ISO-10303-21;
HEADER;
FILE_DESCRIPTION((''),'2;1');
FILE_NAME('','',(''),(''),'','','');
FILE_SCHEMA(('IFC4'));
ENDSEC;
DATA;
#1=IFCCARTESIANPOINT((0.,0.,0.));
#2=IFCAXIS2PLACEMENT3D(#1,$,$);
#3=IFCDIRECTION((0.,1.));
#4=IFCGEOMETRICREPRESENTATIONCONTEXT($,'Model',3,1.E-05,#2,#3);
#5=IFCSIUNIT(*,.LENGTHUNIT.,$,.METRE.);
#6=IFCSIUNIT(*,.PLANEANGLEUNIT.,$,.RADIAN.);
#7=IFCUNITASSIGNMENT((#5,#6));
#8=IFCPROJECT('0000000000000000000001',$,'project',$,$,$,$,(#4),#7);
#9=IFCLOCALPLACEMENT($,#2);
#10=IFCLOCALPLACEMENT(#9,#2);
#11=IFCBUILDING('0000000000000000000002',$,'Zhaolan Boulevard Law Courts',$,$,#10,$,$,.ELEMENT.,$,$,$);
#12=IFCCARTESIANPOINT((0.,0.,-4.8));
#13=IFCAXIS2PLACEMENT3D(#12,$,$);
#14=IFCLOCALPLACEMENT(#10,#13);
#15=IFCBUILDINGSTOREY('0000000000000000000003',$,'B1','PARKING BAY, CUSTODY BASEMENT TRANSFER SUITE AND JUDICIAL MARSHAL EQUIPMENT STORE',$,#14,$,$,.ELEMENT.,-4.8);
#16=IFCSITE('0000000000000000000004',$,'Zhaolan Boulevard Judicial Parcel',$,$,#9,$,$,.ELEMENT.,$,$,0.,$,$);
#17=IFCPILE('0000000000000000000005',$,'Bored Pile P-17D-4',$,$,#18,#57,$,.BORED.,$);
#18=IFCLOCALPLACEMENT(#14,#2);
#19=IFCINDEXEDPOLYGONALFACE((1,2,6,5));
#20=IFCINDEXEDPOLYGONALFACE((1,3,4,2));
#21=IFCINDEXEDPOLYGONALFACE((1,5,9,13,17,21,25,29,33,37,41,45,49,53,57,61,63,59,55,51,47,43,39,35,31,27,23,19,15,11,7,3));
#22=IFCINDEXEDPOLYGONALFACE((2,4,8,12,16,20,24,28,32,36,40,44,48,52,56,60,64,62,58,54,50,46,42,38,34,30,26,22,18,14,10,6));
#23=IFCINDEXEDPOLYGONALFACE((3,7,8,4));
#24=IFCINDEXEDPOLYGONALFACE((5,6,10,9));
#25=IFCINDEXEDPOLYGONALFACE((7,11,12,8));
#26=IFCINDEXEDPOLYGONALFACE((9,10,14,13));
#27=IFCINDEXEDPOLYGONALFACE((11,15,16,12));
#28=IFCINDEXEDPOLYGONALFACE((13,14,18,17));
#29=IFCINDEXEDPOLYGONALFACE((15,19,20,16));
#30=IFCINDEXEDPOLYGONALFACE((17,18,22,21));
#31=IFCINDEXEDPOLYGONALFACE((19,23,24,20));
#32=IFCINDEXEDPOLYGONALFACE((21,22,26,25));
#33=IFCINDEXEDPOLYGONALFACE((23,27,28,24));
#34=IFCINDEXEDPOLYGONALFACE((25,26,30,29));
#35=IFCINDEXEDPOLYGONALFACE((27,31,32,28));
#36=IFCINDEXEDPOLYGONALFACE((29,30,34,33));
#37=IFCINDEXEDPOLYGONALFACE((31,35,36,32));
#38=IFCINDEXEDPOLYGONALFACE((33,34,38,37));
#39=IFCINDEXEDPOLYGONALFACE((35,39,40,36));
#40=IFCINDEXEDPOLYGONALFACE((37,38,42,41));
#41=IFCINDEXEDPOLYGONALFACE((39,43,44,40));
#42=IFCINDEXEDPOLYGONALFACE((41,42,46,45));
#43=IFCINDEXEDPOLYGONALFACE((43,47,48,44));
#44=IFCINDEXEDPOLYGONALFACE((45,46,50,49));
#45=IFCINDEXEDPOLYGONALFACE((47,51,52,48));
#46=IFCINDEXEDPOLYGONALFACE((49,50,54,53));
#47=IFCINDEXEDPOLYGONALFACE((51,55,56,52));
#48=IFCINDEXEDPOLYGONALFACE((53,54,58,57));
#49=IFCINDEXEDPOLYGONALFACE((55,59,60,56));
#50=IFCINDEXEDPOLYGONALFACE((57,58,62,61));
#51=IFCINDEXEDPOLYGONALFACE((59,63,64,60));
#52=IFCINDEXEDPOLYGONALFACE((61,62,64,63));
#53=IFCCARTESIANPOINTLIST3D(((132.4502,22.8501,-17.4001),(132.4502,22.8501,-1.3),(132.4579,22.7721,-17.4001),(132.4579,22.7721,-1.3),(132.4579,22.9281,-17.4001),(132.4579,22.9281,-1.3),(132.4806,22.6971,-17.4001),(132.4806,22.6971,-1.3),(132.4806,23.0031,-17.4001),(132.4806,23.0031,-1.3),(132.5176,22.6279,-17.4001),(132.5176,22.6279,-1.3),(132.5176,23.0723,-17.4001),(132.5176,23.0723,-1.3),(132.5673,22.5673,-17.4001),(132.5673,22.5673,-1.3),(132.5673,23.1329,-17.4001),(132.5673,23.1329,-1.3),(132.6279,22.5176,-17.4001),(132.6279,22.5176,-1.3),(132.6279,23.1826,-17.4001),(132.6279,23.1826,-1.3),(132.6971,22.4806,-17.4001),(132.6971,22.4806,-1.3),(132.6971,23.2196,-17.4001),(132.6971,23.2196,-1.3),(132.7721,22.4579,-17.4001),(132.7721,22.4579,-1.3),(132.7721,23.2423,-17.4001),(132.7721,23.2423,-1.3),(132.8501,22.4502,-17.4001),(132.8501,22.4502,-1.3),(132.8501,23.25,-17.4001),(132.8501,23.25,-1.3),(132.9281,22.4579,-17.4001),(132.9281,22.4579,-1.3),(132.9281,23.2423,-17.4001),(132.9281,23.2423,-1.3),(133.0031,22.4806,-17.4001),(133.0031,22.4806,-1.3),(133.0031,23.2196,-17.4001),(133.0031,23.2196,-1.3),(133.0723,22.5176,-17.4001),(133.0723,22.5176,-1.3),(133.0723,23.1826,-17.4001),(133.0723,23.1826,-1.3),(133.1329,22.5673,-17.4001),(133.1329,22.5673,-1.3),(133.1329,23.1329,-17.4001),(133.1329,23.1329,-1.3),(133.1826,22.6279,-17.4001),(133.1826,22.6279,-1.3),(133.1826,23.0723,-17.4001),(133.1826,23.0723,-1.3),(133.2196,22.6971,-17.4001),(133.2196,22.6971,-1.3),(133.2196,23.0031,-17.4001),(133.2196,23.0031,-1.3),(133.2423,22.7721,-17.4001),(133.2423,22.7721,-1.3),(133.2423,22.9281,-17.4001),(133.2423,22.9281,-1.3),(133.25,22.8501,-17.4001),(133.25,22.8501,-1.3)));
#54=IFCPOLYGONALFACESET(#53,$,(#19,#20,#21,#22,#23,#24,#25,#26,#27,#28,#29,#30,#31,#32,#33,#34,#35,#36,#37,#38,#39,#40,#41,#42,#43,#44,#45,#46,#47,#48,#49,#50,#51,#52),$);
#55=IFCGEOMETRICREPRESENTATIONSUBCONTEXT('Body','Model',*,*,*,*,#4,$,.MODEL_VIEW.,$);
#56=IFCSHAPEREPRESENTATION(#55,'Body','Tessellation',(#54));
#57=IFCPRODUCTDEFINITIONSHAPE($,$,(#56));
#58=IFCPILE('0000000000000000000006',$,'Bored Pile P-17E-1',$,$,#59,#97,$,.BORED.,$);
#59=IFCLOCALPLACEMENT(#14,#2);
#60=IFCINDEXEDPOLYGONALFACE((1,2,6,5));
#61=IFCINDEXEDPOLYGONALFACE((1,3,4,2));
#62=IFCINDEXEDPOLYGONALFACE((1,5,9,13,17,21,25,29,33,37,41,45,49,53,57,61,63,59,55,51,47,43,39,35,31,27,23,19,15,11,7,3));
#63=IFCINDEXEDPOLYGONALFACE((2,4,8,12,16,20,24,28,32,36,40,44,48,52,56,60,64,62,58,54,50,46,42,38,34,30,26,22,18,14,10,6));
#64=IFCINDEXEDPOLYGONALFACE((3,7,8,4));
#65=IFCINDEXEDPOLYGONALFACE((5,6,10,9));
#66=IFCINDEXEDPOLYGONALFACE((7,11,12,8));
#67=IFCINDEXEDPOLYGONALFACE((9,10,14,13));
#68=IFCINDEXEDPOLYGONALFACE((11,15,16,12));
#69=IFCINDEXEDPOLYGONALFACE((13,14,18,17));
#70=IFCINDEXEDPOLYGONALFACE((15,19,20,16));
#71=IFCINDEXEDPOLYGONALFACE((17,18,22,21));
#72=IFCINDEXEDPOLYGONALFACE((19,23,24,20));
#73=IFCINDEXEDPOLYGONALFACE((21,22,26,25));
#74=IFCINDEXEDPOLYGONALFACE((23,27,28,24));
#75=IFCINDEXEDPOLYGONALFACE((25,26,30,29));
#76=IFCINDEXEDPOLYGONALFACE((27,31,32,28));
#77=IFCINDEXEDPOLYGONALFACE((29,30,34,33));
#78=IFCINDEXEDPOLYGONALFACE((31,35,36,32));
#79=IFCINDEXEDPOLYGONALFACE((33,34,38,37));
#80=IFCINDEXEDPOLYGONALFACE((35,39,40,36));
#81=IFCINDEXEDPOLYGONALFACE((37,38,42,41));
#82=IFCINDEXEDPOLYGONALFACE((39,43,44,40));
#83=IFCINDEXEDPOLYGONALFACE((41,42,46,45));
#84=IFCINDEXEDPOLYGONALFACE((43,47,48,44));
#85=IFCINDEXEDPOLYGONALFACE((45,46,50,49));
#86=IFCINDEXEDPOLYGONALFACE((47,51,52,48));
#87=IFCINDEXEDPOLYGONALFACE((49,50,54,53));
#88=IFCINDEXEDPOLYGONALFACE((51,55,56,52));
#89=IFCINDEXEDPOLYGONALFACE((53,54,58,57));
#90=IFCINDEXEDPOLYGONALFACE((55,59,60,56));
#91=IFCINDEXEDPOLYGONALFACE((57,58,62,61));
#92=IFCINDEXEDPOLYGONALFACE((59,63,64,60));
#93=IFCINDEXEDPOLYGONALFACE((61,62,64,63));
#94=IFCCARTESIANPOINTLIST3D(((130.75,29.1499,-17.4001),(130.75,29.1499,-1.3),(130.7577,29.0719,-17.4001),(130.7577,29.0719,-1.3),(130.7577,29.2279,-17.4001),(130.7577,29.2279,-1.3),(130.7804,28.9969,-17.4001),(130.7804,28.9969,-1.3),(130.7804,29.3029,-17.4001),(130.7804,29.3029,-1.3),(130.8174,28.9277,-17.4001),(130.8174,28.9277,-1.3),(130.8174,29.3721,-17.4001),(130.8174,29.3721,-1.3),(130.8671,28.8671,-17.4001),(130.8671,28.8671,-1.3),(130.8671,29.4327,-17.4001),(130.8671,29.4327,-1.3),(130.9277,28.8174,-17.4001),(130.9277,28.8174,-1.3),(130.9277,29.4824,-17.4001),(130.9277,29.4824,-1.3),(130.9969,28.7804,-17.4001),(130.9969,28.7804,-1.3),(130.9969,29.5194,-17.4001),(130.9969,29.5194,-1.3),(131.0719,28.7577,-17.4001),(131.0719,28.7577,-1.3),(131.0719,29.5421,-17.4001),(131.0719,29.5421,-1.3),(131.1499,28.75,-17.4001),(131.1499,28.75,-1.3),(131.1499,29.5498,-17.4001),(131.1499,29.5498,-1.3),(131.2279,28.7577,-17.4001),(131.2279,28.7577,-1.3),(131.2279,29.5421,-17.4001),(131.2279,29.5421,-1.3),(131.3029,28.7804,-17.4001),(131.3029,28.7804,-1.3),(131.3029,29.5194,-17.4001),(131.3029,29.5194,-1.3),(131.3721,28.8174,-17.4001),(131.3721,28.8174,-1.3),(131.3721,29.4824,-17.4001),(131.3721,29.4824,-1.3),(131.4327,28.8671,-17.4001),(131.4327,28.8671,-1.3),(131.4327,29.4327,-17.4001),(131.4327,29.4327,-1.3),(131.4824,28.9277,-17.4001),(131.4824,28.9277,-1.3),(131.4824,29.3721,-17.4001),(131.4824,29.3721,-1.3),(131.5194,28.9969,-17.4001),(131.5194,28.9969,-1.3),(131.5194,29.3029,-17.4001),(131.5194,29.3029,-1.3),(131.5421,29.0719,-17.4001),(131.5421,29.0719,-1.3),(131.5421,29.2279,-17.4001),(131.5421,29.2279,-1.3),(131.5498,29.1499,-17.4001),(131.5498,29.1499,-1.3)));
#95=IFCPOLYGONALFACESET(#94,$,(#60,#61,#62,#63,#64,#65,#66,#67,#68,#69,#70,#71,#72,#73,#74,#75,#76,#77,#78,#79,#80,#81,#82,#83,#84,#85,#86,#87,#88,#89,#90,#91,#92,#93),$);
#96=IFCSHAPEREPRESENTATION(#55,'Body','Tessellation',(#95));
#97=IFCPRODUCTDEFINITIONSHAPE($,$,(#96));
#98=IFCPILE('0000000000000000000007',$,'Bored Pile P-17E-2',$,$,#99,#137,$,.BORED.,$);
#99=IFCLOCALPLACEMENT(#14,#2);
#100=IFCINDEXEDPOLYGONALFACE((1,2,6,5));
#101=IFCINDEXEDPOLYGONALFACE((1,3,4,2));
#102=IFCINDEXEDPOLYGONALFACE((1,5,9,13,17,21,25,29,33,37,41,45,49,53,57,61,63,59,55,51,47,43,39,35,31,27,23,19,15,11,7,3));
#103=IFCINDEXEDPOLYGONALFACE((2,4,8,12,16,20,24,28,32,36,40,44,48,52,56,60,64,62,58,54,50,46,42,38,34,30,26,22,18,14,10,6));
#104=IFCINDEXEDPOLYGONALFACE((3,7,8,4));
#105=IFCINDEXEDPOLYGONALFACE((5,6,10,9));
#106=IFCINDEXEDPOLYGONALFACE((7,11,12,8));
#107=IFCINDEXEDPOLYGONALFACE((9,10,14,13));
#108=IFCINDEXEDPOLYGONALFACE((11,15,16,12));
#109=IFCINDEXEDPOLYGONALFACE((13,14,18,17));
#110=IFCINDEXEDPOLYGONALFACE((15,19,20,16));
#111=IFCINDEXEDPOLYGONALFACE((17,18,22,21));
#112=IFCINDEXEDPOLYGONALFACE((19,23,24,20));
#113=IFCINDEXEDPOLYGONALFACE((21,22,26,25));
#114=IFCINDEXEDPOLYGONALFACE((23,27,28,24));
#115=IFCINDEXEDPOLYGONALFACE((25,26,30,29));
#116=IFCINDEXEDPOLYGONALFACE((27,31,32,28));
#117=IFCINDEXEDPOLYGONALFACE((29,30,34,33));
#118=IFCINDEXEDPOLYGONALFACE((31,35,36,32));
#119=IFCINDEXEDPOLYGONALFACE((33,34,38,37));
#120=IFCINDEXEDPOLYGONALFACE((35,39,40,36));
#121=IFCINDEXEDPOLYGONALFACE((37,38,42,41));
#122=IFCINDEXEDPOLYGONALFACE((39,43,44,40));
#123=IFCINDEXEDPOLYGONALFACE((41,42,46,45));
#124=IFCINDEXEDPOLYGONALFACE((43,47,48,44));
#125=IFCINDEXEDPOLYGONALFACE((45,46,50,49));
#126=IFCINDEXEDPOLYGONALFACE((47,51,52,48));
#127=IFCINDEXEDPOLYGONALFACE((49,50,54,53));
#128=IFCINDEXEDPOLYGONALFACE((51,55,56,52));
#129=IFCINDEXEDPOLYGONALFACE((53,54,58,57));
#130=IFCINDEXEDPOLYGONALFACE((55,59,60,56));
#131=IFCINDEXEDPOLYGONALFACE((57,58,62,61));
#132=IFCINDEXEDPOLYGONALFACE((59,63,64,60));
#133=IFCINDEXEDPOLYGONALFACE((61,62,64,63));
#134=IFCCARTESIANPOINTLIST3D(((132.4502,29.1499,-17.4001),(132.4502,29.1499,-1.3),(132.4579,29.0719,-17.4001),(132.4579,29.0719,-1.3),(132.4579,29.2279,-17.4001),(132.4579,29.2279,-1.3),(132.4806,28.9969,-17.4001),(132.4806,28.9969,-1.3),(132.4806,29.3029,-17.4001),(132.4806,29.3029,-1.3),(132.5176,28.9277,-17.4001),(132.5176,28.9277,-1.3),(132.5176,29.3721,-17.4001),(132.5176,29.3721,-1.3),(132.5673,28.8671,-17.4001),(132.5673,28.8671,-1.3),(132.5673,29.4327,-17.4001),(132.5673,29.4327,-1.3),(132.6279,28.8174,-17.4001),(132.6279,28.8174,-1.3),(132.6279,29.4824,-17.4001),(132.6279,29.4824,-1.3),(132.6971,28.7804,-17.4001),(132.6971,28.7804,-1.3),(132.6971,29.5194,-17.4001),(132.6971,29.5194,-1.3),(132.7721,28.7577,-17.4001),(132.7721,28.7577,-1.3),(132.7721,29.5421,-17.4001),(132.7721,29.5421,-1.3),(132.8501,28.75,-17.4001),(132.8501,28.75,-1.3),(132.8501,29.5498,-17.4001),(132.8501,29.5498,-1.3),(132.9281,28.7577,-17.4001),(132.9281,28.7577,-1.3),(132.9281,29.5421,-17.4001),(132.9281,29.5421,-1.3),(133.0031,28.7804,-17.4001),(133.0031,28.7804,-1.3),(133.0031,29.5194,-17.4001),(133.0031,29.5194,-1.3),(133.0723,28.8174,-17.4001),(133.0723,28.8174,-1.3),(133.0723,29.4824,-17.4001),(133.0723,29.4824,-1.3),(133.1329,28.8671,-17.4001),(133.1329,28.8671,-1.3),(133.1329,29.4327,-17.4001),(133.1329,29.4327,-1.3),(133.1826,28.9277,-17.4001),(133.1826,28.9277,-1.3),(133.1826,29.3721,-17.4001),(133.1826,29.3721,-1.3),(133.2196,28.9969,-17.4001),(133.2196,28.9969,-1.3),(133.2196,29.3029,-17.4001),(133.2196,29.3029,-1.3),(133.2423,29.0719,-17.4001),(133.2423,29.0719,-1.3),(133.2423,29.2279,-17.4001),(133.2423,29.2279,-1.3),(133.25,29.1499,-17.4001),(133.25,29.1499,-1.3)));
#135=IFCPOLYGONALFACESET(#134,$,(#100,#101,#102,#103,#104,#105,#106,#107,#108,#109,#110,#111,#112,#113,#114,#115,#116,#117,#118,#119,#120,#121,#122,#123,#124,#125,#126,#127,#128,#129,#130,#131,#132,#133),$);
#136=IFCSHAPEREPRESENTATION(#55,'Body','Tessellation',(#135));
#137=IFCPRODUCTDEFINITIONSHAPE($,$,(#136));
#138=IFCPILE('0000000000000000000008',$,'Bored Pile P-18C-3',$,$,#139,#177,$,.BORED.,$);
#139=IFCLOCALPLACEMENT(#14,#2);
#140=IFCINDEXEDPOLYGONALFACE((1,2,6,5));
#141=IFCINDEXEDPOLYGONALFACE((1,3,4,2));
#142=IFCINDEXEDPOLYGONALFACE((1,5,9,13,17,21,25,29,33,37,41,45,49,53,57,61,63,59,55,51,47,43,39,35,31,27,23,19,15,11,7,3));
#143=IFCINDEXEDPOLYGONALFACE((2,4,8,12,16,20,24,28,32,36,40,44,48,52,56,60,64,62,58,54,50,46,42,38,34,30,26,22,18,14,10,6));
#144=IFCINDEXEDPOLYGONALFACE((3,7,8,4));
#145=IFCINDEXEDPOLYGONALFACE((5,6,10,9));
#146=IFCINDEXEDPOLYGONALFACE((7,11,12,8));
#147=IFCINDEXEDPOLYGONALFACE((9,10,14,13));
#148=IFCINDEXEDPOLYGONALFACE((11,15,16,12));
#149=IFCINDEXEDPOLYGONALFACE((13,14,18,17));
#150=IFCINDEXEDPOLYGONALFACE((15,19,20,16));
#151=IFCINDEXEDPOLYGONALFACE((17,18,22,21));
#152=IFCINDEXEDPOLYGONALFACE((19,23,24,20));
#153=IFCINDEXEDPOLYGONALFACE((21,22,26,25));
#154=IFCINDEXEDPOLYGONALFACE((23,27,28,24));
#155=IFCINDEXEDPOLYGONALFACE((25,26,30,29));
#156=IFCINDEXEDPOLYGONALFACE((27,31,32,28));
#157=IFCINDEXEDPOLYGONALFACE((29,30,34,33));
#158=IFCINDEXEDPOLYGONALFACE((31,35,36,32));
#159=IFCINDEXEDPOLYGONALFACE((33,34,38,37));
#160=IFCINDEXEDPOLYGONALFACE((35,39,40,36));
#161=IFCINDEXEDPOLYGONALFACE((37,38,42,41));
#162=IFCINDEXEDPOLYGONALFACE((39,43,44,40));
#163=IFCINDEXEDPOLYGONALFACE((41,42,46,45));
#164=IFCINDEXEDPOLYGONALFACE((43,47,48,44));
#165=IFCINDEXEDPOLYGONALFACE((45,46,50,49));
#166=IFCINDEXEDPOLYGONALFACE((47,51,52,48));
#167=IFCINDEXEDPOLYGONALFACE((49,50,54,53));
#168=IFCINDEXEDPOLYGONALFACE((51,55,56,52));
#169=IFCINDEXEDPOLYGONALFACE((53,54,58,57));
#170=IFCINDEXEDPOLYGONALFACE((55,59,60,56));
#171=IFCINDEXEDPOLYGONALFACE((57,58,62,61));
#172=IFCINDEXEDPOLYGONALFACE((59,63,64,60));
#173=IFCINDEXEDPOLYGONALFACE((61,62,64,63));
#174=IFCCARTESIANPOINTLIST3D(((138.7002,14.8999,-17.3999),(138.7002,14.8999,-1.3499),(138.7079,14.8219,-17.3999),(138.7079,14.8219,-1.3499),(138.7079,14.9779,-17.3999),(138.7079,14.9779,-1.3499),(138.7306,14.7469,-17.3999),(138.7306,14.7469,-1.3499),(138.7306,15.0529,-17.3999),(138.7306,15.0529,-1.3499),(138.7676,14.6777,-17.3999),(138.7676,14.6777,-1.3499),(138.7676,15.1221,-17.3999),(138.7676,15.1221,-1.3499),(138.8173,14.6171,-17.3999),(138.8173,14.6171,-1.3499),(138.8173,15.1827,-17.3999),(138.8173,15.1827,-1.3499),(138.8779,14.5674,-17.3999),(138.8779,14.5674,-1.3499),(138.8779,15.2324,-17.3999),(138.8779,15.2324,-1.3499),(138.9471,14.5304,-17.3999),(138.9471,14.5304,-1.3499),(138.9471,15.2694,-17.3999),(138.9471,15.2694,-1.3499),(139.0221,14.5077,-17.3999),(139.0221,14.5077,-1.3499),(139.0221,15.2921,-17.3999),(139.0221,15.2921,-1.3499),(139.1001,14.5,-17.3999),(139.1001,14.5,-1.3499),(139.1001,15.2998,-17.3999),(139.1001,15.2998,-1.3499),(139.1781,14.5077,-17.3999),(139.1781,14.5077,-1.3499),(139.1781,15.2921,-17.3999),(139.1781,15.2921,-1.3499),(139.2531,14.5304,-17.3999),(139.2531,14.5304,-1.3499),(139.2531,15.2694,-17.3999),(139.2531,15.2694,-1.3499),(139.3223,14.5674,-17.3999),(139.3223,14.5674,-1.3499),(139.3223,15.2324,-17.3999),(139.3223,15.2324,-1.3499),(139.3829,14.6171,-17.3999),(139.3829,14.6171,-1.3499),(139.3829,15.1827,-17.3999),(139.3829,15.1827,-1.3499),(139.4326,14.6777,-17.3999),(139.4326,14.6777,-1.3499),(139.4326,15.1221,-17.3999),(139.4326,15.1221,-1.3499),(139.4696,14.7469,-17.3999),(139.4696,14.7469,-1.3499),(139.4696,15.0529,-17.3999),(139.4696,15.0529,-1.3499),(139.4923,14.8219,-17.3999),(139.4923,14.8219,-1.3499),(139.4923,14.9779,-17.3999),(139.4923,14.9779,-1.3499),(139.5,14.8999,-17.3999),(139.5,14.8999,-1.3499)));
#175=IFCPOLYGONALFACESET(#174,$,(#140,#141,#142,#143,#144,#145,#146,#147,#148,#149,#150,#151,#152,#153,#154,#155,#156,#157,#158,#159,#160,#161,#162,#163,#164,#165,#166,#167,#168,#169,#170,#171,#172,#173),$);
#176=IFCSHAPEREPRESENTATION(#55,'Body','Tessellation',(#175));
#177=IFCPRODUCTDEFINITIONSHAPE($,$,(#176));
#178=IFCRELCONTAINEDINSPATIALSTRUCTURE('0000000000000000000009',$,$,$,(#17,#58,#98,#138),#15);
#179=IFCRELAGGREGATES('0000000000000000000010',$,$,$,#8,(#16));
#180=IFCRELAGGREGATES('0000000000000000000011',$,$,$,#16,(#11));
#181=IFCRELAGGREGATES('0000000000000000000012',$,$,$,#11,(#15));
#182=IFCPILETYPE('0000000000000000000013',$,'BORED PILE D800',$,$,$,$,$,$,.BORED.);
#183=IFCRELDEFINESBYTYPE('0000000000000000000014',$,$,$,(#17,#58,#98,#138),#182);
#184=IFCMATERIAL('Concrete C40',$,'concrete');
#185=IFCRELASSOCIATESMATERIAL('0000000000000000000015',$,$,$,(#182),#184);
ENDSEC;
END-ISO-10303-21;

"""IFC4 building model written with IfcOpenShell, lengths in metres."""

from ifc_helpers import new_model, si_unit, direction, frame, origin, origin_2d, place, context, subcontext, project, spatial, circle, extrude, material, material_profile, profile_set, type_object, element, save


model = new_model("IFC4")

# Units and contexts
model_context = context("Model", 3, precision=1e-05, world=origin(), true_north=direction((0.0, 1.0)))
body_context = subcontext(model_context, "Body", "Model", "MODEL_VIEW")
ifc_project = project(units=[si_unit("LENGTHUNIT", "METRE"), si_unit("PLANEANGLEUNIT", "RADIAN")], contexts=[model_context])

# Site, building, storey
site_placement = place(None, origin())
site = spatial("IfcSite", under=ifc_project, at=site_placement, Name="Zhaolan Boulevard Judicial Parcel", CompositionType="ELEMENT", RefElevation=0.0)
building_placement = place(site_placement, origin())
building = spatial("IfcBuilding", under=site, at=building_placement, Name="Zhaolan Boulevard Law Courts", CompositionType="ELEMENT")
storey_placement = place(building_placement, frame((0.0, 0.0, -4.8)))
storey = spatial("IfcBuildingStorey", under=building, at=storey_placement, Name="B1", Description="PARKING BAY, CUSTODY BASEMENT TRANSFER SUITE AND JUDICIAL MARSHAL EQUIPMENT STORE", CompositionType="ELEMENT", Elevation=-4.8)

# Piles
ifc_material_1 = material(Name="Concrete C40", Category="concrete")
ifc_material_profile_1 = material_profile(ifc_material_1, circle(Radius=0.3999, at=origin_2d()), Name="PILE-D800")
ifc_profile_set_1 = profile_set([ifc_material_profile_1], Name="Concrete C40")
pile_type = type_object("IfcPileType", Name="BORED PILE D800", PredefinedType="BORED", material=ifc_profile_set_1)
for number, where, z_axis, x_axis, name in (
    (1, (132.8501, 22.8501, -1.3), (0.0, 0.0, -1.0), (1.0, 0.0, 0.0), "Bored Pile P-17D-4"),
    (2, (131.1499, 29.1499, -1.3), (0.0, 0.0, -1.0), (1.0, 0.0, 0.0), "Bored Pile P-17E-1"),
    (3, (132.8501, 29.1499, -1.3), (0.0, 0.0, -1.0), (1.0, 0.0, 0.0), "Bored Pile P-17E-2"),
):
    element("IfcPile", number, at=place(storey_placement, frame(where, z_axis=z_axis, x_axis=x_axis)), inside=storey, type_object=pile_type, Name=name, PredefinedType="BORED", context=body_context, shape_type="SweptSolid", body=[
        extrude(circle(Radius=0.3999, at=origin_2d()), origin(), (0.0, 0.0, 1.0), 16.1001),
    ])
for number, where, z_axis, x_axis, name in (
    (4, (139.1001, 14.8999, -1.3499), (0.0, 0.0, -1.0), (1.0, 0.0, 0.0), "Bored Pile P-18C-3"),
):
    element("IfcPile", number, at=place(storey_placement, frame(where, z_axis=z_axis, x_axis=x_axis)), inside=storey, type_object=pile_type, Name=name, PredefinedType="BORED", context=body_context, shape_type="SweptSolid", body=[
        extrude(circle(Radius=0.3999, at=origin_2d()), origin(), (0.0, 0.0, 1.0), 16.05),
    ])

save(model, "model.ifc")
